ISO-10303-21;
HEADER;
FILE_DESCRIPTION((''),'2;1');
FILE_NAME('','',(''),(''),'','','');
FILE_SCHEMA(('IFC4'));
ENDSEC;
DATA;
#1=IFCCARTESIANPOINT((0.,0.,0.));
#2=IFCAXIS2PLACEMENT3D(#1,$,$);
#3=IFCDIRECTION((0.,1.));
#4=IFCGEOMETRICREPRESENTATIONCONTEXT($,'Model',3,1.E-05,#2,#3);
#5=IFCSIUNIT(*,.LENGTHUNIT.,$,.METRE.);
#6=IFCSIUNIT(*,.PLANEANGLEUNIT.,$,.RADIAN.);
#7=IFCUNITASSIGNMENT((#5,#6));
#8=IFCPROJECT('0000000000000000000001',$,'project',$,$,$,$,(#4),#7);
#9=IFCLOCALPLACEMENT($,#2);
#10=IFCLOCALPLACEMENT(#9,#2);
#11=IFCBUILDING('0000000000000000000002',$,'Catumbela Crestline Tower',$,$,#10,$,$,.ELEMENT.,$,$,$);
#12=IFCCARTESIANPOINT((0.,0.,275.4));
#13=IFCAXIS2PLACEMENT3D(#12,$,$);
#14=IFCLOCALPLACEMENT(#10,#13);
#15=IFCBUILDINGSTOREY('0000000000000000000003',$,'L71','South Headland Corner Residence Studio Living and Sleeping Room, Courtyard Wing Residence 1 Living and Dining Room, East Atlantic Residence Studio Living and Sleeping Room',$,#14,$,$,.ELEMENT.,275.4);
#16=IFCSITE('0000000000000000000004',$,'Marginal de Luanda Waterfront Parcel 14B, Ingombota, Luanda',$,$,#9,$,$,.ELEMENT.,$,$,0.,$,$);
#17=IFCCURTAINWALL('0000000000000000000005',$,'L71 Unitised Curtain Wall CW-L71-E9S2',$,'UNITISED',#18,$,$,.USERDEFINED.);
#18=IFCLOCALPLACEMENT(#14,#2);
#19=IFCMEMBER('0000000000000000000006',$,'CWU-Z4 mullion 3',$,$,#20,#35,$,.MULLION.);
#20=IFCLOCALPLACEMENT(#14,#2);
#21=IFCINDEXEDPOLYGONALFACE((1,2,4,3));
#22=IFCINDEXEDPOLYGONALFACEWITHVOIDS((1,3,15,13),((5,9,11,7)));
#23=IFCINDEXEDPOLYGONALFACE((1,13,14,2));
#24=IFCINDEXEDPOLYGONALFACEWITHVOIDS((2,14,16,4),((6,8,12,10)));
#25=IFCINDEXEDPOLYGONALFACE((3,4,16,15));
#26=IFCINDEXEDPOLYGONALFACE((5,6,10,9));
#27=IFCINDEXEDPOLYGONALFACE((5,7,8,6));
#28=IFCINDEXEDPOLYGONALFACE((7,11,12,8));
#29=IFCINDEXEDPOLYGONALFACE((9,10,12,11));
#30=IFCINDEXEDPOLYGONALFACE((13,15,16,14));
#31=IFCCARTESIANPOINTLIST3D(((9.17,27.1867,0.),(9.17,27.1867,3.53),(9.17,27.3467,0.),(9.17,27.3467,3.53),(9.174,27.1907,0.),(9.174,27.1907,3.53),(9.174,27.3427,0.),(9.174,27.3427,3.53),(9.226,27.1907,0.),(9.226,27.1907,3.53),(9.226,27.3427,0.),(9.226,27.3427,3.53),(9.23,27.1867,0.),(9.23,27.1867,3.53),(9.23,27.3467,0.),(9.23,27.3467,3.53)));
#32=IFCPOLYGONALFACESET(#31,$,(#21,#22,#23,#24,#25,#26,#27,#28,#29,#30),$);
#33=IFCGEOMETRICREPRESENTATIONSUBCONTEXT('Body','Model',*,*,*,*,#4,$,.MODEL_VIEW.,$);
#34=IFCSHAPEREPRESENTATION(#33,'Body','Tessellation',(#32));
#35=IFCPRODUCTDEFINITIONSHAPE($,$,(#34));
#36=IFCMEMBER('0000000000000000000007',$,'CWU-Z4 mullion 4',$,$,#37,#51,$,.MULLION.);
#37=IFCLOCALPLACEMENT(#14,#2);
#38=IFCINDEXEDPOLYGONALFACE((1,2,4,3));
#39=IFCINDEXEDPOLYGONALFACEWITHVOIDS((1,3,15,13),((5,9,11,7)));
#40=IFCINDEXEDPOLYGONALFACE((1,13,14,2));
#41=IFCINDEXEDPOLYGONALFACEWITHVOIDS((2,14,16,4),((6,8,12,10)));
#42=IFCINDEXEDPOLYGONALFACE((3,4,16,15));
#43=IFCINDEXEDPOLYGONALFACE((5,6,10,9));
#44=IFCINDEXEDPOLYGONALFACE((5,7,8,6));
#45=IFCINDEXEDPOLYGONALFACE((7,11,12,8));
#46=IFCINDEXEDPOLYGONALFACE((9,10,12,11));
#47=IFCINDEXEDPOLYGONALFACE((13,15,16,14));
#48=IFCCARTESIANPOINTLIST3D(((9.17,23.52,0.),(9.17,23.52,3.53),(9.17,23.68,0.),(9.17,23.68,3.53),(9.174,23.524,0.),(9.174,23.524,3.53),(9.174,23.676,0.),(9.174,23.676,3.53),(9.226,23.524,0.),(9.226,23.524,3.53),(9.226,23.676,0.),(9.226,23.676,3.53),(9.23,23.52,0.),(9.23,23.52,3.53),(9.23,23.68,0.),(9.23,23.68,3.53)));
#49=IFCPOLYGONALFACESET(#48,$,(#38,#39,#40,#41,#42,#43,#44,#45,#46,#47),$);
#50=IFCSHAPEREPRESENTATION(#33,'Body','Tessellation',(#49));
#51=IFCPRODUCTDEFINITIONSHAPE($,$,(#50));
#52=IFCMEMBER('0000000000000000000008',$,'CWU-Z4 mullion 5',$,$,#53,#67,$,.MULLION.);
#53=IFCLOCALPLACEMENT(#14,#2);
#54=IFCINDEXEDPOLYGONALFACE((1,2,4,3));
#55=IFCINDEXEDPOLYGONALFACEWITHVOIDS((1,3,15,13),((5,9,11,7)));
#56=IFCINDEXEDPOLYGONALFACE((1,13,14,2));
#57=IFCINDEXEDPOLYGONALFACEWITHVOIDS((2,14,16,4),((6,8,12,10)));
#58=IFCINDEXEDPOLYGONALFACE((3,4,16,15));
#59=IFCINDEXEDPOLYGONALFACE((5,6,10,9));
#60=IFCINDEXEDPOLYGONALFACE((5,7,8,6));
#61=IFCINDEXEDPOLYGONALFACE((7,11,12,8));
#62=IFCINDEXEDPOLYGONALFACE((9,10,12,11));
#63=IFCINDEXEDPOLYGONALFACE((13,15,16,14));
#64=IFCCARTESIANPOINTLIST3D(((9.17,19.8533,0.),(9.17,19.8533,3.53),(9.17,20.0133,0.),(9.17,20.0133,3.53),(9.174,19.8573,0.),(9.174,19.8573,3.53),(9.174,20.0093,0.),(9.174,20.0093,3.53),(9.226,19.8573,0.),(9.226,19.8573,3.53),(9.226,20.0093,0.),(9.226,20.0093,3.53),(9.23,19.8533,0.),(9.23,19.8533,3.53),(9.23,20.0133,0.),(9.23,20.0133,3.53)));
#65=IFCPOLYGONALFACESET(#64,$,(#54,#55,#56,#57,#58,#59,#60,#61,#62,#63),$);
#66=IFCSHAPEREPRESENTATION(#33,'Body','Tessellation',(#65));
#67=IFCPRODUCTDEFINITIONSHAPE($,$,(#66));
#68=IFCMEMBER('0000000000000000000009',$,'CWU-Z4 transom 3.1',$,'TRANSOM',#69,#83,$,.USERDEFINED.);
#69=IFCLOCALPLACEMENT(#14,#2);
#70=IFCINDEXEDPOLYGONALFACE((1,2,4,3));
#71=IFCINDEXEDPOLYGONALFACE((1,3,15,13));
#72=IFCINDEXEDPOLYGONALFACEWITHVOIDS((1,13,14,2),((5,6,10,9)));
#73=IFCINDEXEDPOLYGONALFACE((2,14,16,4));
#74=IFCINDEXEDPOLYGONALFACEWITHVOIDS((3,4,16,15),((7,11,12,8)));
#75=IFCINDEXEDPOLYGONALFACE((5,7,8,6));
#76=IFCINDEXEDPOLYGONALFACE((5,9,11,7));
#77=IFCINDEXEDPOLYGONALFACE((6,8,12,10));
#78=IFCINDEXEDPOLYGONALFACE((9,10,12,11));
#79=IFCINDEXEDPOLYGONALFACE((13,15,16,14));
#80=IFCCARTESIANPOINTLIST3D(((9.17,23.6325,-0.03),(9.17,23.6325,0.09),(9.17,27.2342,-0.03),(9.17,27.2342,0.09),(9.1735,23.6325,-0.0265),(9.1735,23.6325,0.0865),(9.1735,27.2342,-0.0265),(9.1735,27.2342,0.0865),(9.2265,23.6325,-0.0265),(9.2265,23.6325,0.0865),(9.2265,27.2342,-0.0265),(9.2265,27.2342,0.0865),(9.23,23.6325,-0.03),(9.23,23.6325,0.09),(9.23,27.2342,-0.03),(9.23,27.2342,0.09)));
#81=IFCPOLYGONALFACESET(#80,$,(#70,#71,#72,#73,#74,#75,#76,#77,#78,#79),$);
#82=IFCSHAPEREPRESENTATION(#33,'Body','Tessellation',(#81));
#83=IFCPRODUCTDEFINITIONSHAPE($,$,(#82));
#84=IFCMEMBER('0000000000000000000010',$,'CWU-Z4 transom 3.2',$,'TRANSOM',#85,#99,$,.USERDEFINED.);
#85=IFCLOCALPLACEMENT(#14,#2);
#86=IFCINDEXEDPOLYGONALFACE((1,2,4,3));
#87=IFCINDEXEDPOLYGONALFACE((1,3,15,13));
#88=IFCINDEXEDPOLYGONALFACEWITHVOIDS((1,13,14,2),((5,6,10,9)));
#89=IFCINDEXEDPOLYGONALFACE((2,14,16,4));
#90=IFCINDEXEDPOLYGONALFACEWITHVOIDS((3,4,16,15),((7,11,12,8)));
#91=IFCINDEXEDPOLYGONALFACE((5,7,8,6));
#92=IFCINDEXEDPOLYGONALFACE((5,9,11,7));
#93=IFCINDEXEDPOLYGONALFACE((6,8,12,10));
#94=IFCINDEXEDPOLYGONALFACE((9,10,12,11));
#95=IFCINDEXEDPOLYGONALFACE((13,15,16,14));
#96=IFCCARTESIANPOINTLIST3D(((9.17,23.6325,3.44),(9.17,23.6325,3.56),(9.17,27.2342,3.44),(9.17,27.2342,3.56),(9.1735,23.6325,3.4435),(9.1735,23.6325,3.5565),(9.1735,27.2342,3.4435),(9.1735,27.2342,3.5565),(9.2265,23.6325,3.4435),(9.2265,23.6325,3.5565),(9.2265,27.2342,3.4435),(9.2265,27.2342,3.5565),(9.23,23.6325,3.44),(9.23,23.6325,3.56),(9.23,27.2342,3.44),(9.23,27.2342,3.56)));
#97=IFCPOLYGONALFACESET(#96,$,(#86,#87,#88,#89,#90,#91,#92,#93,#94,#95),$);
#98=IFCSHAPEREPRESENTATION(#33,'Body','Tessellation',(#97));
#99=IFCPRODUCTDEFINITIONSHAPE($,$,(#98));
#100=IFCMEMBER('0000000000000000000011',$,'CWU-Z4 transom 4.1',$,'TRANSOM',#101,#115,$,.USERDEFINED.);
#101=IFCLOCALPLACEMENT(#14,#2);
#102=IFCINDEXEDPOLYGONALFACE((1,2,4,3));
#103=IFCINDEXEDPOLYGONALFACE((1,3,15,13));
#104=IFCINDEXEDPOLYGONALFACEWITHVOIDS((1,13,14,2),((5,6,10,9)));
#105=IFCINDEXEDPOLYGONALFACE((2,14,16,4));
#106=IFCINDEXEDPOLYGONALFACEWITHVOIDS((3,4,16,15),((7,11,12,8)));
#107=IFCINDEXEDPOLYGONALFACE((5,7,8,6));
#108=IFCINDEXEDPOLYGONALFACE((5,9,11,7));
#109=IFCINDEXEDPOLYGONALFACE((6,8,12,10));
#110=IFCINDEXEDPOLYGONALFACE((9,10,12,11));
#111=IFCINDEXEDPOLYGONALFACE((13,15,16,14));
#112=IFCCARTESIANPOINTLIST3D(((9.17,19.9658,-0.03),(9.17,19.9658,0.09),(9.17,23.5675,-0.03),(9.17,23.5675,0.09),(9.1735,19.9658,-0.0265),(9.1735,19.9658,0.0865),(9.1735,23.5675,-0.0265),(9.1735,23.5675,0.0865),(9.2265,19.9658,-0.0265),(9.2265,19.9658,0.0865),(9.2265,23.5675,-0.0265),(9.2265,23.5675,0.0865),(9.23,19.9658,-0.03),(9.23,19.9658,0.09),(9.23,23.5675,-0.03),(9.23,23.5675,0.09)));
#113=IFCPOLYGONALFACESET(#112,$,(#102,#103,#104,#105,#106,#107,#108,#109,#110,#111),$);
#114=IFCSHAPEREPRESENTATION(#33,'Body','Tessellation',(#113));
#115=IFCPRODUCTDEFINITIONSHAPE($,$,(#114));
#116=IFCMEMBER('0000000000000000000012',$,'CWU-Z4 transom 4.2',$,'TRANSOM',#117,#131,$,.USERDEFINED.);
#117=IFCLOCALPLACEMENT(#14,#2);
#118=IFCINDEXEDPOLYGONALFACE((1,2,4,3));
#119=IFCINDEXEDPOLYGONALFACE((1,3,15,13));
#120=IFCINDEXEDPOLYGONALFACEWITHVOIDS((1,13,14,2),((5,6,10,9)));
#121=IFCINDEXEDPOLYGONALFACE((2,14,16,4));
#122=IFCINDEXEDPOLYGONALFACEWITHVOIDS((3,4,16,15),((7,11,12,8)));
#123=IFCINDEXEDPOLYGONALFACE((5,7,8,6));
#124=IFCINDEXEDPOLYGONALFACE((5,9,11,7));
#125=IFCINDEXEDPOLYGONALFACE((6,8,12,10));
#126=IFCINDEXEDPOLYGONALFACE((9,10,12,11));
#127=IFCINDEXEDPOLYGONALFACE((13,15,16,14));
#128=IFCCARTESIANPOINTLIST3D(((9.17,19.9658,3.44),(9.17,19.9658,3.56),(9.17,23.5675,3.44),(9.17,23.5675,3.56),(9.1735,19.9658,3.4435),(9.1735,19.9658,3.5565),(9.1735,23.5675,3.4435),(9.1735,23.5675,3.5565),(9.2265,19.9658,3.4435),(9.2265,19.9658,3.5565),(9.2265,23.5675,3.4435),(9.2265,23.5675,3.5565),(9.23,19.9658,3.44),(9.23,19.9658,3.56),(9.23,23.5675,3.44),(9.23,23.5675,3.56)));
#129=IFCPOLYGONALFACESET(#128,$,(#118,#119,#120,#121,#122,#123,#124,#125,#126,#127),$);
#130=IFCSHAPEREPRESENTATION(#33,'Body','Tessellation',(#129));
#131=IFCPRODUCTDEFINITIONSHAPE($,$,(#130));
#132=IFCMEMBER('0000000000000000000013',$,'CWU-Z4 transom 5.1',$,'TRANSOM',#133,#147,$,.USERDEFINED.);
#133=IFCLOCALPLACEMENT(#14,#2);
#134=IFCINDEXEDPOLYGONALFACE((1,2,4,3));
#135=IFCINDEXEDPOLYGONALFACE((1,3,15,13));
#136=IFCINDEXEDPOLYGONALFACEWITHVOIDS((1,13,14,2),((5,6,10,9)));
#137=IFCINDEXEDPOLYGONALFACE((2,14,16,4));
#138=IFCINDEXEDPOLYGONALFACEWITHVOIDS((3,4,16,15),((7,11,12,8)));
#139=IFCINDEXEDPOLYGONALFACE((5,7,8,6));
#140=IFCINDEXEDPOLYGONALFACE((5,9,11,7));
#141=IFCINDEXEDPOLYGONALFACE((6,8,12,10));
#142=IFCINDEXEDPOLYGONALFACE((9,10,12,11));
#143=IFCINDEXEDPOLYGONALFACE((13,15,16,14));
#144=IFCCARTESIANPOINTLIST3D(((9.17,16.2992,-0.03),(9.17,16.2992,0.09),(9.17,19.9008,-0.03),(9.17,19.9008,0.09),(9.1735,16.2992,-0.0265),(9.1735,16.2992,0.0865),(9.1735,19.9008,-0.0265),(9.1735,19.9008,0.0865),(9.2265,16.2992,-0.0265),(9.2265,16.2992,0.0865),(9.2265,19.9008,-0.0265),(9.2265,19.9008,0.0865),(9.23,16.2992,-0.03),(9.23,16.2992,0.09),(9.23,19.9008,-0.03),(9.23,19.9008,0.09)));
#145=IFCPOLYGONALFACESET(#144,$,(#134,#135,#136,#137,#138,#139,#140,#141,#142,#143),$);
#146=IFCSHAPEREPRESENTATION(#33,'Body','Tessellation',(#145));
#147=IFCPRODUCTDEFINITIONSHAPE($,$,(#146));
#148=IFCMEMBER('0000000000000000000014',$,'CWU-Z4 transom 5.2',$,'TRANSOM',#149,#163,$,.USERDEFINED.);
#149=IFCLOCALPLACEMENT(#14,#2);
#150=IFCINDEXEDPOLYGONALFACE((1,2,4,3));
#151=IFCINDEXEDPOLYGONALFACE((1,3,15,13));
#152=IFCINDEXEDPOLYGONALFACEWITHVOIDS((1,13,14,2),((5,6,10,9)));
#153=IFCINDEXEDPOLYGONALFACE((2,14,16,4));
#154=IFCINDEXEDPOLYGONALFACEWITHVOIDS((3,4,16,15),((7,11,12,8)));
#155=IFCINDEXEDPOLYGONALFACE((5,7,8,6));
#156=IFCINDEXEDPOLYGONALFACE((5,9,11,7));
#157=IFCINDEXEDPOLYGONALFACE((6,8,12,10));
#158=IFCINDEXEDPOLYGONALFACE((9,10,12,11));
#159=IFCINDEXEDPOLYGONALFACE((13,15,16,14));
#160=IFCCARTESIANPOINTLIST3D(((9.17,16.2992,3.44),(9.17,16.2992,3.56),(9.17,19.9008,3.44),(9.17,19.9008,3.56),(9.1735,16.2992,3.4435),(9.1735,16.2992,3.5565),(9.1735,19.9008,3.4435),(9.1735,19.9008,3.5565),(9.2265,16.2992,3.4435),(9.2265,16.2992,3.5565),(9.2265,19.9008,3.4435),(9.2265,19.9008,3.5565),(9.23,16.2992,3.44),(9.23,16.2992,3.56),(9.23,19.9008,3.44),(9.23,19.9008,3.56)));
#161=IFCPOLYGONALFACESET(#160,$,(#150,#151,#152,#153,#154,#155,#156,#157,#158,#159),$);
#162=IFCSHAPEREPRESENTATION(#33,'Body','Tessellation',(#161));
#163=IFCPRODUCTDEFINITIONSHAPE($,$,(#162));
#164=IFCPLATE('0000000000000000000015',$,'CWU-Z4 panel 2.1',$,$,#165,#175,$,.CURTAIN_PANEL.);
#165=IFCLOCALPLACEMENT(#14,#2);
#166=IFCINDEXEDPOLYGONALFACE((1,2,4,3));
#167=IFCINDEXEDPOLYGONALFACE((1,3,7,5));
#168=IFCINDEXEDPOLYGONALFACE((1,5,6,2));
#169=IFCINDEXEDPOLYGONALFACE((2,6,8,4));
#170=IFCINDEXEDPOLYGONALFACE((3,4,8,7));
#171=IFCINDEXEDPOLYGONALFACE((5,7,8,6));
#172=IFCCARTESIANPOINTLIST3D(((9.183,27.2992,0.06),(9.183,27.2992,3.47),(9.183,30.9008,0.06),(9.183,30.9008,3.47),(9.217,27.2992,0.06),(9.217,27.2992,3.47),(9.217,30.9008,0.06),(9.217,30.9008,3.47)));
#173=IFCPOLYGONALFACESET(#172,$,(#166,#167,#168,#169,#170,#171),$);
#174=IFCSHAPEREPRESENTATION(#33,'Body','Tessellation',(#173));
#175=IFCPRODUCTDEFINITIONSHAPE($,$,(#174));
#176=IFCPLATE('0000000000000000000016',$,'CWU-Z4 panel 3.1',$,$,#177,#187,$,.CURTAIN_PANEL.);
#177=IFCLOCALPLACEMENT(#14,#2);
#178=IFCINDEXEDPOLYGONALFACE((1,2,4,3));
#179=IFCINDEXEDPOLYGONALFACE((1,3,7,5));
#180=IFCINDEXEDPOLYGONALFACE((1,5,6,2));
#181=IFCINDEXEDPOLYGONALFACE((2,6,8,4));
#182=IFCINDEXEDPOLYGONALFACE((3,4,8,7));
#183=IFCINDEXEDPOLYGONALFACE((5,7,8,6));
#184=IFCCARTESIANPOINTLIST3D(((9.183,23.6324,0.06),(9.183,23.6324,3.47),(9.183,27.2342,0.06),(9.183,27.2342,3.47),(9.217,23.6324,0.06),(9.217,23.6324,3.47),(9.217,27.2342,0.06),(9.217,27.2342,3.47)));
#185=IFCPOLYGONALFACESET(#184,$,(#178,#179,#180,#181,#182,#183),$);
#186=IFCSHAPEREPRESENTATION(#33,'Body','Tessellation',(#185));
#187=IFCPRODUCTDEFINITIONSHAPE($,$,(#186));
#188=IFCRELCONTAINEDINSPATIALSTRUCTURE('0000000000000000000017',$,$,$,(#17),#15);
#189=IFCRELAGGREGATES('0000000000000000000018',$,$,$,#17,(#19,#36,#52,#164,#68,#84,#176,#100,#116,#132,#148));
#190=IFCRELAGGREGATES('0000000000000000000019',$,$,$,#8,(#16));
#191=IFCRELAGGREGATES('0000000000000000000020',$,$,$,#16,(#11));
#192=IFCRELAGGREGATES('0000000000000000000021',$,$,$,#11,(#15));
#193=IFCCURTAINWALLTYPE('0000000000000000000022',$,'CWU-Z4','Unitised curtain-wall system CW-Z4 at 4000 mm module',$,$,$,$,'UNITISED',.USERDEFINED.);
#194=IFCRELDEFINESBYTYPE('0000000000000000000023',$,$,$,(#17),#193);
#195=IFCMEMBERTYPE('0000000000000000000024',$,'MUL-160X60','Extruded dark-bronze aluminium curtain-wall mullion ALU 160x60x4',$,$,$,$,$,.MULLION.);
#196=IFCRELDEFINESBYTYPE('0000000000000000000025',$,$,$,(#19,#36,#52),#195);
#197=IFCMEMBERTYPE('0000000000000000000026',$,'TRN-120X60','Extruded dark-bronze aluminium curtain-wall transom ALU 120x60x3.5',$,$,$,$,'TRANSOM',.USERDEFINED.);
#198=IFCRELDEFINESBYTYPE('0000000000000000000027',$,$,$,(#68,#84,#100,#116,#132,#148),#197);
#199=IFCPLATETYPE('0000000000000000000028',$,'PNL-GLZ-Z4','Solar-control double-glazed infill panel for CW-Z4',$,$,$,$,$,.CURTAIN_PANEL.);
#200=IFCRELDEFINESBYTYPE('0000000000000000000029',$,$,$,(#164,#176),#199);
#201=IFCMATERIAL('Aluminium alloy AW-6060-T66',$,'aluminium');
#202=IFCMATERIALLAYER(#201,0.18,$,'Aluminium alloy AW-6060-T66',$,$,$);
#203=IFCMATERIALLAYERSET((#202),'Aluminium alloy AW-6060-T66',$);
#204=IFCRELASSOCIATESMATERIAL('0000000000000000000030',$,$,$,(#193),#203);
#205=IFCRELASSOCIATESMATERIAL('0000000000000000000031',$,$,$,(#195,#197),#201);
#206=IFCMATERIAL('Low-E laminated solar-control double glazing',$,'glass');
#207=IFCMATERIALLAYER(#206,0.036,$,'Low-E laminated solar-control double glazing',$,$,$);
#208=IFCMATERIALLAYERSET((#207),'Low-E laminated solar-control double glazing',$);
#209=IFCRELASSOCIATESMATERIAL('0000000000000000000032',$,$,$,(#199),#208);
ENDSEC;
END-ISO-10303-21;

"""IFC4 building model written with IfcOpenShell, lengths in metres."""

from ifc_helpers import new_model, si_unit, direction, frame, origin, origin_2d, place, context, subcontext, project, spatial, rectangle, hollow_rectangle, extrude, material, layer, layer_set, material_profile, profile_set, type_object, element, aggregate, save


model = new_model("IFC4")

# Units and contexts
model_context = context("Model", 3, precision=1e-05, world=origin(), true_north=direction((0.0, 1.0)))
body_context = subcontext(model_context, "Body", "Model", "MODEL_VIEW")
ifc_project = project(units=[si_unit("LENGTHUNIT", "METRE"), si_unit("PLANEANGLEUNIT", "RADIAN")], contexts=[model_context])

# Site, building, storey
site_placement = place(None, origin())
site = spatial("IfcSite", under=ifc_project, at=site_placement, Name="Marginal de Luanda Waterfront Parcel 14B, Ingombota, Luanda", CompositionType="ELEMENT", RefElevation=0.0)
building_placement = place(site_placement, origin())
building = spatial("IfcBuilding", under=site, at=building_placement, Name="Catumbela Crestline Tower", CompositionType="ELEMENT")
storey_placement = place(building_placement, frame((0.0, 0.0, 275.4)))
storey = spatial("IfcBuildingStorey", under=building, at=storey_placement, Name="L71", Description="South Headland Corner Residence Studio Living and Sleeping Room, Courtyard Wing Residence 1 Living and Dining Room, East Atlantic Residence Studio Living and Sleeping Room", CompositionType="ELEMENT", Elevation=275.4)

# Curtain wall, members, plates
ifc_material_1 = material(Name="Aluminium alloy AW-6060-T66", Category="aluminium")
ifc_layer_1 = layer(ifc_material_1, 0.18, Name="Aluminium alloy AW-6060-T66")
ifc_layer_set_1 = layer_set([ifc_layer_1], Name="Aluminium alloy AW-6060-T66")
curtain_wall_type = type_object("IfcCurtainWallType", Name="CWU-Z4", Description="Unitised curtain-wall system CW-Z4 at 4000 mm module", ElementType="UNITISED", PredefinedType="USERDEFINED", material=ifc_layer_set_1)
curtain_wall_placement = place(storey_placement, origin())
curtain_wall = element("IfcCurtainWall", 1, at=curtain_wall_placement, inside=storey, type_object=curtain_wall_type, Name="L71 Unitised Curtain Wall CW-L71-E9S2", ObjectType="UNITISED", PredefinedType="USERDEFINED")
ifc_material_profile_1 = material_profile(ifc_material_1, hollow_rectangle(XDim=0.06, YDim=0.16, WallThickness=0.004, at=origin_2d()), Name="ALU 160x60x4")
ifc_profile_set_1 = profile_set([ifc_material_profile_1], Name="Aluminium alloy AW-6060-T66")
member_type_1 = type_object("IfcMemberType", Name="MUL-160X60", Description="Extruded dark-bronze aluminium curtain-wall mullion ALU 160x60x4", PredefinedType="MULLION", material=ifc_profile_set_1)
member_1_placement = place(storey_placement, frame((9.2, 27.2667, 0.0), z_axis=(0.0, 0.0, 1.0), x_axis=(1.0, 0.0, 0.0)))
member_1 = element("IfcMember", 2, at=member_1_placement, type_object=member_type_1, Name="CWU-Z4 mullion 3", PredefinedType="MULLION", context=body_context, shape_type="SweptSolid", body=[
    extrude(hollow_rectangle(XDim=0.06, YDim=0.16, WallThickness=0.004, at=origin_2d()), origin(), (0.0, 0.0, 1.0), 3.53),
])
member_2_placement = place(storey_placement, frame((9.2, 23.6, 0.0), z_axis=(0.0, 0.0, 1.0), x_axis=(1.0, 0.0, 0.0)))
member_2 = element("IfcMember", 3, at=member_2_placement, type_object=member_type_1, Name="CWU-Z4 mullion 4", PredefinedType="MULLION", context=body_context, shape_type="SweptSolid", body=[
    extrude(hollow_rectangle(XDim=0.06, YDim=0.16, WallThickness=0.004, at=origin_2d()), origin(), (0.0, 0.0, 1.0), 3.53),
])
member_3_placement = place(storey_placement, frame((9.2, 19.9333, 0.0), z_axis=(0.0, 0.0, 1.0), x_axis=(1.0, 0.0, 0.0)))
member_3 = element("IfcMember", 4, at=member_3_placement, type_object=member_type_1, Name="CWU-Z4 mullion 5", PredefinedType="MULLION", context=body_context, shape_type="SweptSolid", body=[
    extrude(hollow_rectangle(XDim=0.06, YDim=0.16, WallThickness=0.004, at=origin_2d()), origin(), (0.0, 0.0, 1.0), 3.53),
])
ifc_material_profile_2 = material_profile(ifc_material_1, hollow_rectangle(XDim=0.06, YDim=0.12, WallThickness=0.0035, at=origin_2d()), Name="ALU 120x60x3.5")
ifc_profile_set_2 = profile_set([ifc_material_profile_2], Name="Aluminium alloy AW-6060-T66")
member_type_2 = type_object("IfcMemberType", Name="TRN-120X60", Description="Extruded dark-bronze aluminium curtain-wall transom ALU 120x60x3.5", ElementType="TRANSOM", PredefinedType="USERDEFINED", material=ifc_profile_set_2)
member_4_placement = place(storey_placement, frame((9.2, 27.2342, 0.03), z_axis=(0.0, -1.0, 0.0), x_axis=(1.0, 0.0, 0.0)))
member_4 = element("IfcMember", 5, at=member_4_placement, type_object=member_type_2, Name="CWU-Z4 transom 3.1", ObjectType="TRANSOM", PredefinedType="USERDEFINED", context=body_context, shape_type="SweptSolid", body=[
    extrude(hollow_rectangle(XDim=0.06, YDim=0.12, WallThickness=0.0035, at=origin_2d()), origin(), (0.0, 0.0, 1.0), 3.6017),
])
member_5_placement = place(storey_placement, frame((9.2, 27.2342, 3.5), z_axis=(0.0, -1.0, 0.0), x_axis=(1.0, 0.0, 0.0)))
member_5 = element("IfcMember", 6, at=member_5_placement, type_object=member_type_2, Name="CWU-Z4 transom 3.2", ObjectType="TRANSOM", PredefinedType="USERDEFINED", context=body_context, shape_type="SweptSolid", body=[
    extrude(hollow_rectangle(XDim=0.06, YDim=0.12, WallThickness=0.0035, at=origin_2d()), origin(), (0.0, 0.0, 1.0), 3.6017),
])
member_6_placement = place(storey_placement, frame((9.2, 23.5675, 0.03), z_axis=(0.0, -1.0, 0.0), x_axis=(1.0, 0.0, 0.0)))
member_6 = element("IfcMember", 7, at=member_6_placement, type_object=member_type_2, Name="CWU-Z4 transom 4.1", ObjectType="TRANSOM", PredefinedType="USERDEFINED", context=body_context, shape_type="SweptSolid", body=[
    extrude(hollow_rectangle(XDim=0.06, YDim=0.12, WallThickness=0.0035, at=origin_2d()), origin(), (0.0, 0.0, 1.0), 3.6017),
])
member_7_placement = place(storey_placement, frame((9.2, 23.5675, 3.5), z_axis=(0.0, -1.0, 0.0), x_axis=(1.0, 0.0, 0.0)))
member_7 = element("IfcMember", 8, at=member_7_placement, type_object=member_type_2, Name="CWU-Z4 transom 4.2", ObjectType="TRANSOM", PredefinedType="USERDEFINED", context=body_context, shape_type="SweptSolid", body=[
    extrude(hollow_rectangle(XDim=0.06, YDim=0.12, WallThickness=0.0035, at=origin_2d()), origin(), (0.0, 0.0, 1.0), 3.6017),
])
member_8_placement = place(storey_placement, frame((9.2, 19.9008, 0.03), z_axis=(0.0, -1.0, 0.0), x_axis=(1.0, 0.0, 0.0)))
member_8 = element("IfcMember", 9, at=member_8_placement, type_object=member_type_2, Name="CWU-Z4 transom 5.1", ObjectType="TRANSOM", PredefinedType="USERDEFINED", context=body_context, shape_type="SweptSolid", body=[
    extrude(hollow_rectangle(XDim=0.06, YDim=0.12, WallThickness=0.0035, at=origin_2d()), origin(), (0.0, 0.0, 1.0), 3.6016),
])
member_9_placement = place(storey_placement, frame((9.2, 19.9008, 3.5), z_axis=(0.0, -1.0, 0.0), x_axis=(1.0, 0.0, 0.0)))
member_9 = element("IfcMember", 10, at=member_9_placement, type_object=member_type_2, Name="CWU-Z4 transom 5.2", ObjectType="TRANSOM", PredefinedType="USERDEFINED", context=body_context, shape_type="SweptSolid", body=[
    extrude(hollow_rectangle(XDim=0.06, YDim=0.12, WallThickness=0.0035, at=origin_2d()), origin(), (0.0, 0.0, 1.0), 3.6016),
])
ifc_material_2 = material(Name="Low-E laminated solar-control double glazing", Category="glass")
ifc_layer_2 = layer(ifc_material_2, 0.036, Name="Low-E laminated solar-control double glazing")
ifc_layer_set_2 = layer_set([ifc_layer_2], Name="Low-E laminated solar-control double glazing")
plate_type = type_object("IfcPlateType", Name="PNL-GLZ-Z4", Description="Solar-control double-glazed infill panel for CW-Z4", PredefinedType="CURTAIN_PANEL", material=ifc_layer_set_2)
plate_1_placement = place(storey_placement, frame((9.2, 29.1, 0.06), z_axis=(0.0, 0.0, 1.0), x_axis=(0.0, -1.0, 0.0)))
plate_1 = element("IfcPlate", 11, at=plate_1_placement, type_object=plate_type, Name="CWU-Z4 panel 2.1", PredefinedType="CURTAIN_PANEL", context=body_context, shape_type="SweptSolid", body=[
    extrude(rectangle(XDim=3.6017, YDim=0.034, at=origin_2d()), origin(), (0.0, 0.0, 1.0), 3.41),
])
plate_2_placement = place(storey_placement, frame((9.2, 25.4333, 0.06), z_axis=(0.0, 0.0, 1.0), x_axis=(0.0, -1.0, 0.0)))
plate_2 = element("IfcPlate", 12, at=plate_2_placement, type_object=plate_type, Name="CWU-Z4 panel 3.1", PredefinedType="CURTAIN_PANEL", context=body_context, shape_type="SweptSolid", body=[
    extrude(rectangle(XDim=3.6017, YDim=0.034, at=origin_2d()), origin(), (0.0, 0.0, 1.0), 3.41),
])
aggregate(curtain_wall, [member_1, member_2, member_3, plate_1, member_4, member_5, plate_2, member_6, member_7, member_8, member_9])

save(model, "model.ifc")
